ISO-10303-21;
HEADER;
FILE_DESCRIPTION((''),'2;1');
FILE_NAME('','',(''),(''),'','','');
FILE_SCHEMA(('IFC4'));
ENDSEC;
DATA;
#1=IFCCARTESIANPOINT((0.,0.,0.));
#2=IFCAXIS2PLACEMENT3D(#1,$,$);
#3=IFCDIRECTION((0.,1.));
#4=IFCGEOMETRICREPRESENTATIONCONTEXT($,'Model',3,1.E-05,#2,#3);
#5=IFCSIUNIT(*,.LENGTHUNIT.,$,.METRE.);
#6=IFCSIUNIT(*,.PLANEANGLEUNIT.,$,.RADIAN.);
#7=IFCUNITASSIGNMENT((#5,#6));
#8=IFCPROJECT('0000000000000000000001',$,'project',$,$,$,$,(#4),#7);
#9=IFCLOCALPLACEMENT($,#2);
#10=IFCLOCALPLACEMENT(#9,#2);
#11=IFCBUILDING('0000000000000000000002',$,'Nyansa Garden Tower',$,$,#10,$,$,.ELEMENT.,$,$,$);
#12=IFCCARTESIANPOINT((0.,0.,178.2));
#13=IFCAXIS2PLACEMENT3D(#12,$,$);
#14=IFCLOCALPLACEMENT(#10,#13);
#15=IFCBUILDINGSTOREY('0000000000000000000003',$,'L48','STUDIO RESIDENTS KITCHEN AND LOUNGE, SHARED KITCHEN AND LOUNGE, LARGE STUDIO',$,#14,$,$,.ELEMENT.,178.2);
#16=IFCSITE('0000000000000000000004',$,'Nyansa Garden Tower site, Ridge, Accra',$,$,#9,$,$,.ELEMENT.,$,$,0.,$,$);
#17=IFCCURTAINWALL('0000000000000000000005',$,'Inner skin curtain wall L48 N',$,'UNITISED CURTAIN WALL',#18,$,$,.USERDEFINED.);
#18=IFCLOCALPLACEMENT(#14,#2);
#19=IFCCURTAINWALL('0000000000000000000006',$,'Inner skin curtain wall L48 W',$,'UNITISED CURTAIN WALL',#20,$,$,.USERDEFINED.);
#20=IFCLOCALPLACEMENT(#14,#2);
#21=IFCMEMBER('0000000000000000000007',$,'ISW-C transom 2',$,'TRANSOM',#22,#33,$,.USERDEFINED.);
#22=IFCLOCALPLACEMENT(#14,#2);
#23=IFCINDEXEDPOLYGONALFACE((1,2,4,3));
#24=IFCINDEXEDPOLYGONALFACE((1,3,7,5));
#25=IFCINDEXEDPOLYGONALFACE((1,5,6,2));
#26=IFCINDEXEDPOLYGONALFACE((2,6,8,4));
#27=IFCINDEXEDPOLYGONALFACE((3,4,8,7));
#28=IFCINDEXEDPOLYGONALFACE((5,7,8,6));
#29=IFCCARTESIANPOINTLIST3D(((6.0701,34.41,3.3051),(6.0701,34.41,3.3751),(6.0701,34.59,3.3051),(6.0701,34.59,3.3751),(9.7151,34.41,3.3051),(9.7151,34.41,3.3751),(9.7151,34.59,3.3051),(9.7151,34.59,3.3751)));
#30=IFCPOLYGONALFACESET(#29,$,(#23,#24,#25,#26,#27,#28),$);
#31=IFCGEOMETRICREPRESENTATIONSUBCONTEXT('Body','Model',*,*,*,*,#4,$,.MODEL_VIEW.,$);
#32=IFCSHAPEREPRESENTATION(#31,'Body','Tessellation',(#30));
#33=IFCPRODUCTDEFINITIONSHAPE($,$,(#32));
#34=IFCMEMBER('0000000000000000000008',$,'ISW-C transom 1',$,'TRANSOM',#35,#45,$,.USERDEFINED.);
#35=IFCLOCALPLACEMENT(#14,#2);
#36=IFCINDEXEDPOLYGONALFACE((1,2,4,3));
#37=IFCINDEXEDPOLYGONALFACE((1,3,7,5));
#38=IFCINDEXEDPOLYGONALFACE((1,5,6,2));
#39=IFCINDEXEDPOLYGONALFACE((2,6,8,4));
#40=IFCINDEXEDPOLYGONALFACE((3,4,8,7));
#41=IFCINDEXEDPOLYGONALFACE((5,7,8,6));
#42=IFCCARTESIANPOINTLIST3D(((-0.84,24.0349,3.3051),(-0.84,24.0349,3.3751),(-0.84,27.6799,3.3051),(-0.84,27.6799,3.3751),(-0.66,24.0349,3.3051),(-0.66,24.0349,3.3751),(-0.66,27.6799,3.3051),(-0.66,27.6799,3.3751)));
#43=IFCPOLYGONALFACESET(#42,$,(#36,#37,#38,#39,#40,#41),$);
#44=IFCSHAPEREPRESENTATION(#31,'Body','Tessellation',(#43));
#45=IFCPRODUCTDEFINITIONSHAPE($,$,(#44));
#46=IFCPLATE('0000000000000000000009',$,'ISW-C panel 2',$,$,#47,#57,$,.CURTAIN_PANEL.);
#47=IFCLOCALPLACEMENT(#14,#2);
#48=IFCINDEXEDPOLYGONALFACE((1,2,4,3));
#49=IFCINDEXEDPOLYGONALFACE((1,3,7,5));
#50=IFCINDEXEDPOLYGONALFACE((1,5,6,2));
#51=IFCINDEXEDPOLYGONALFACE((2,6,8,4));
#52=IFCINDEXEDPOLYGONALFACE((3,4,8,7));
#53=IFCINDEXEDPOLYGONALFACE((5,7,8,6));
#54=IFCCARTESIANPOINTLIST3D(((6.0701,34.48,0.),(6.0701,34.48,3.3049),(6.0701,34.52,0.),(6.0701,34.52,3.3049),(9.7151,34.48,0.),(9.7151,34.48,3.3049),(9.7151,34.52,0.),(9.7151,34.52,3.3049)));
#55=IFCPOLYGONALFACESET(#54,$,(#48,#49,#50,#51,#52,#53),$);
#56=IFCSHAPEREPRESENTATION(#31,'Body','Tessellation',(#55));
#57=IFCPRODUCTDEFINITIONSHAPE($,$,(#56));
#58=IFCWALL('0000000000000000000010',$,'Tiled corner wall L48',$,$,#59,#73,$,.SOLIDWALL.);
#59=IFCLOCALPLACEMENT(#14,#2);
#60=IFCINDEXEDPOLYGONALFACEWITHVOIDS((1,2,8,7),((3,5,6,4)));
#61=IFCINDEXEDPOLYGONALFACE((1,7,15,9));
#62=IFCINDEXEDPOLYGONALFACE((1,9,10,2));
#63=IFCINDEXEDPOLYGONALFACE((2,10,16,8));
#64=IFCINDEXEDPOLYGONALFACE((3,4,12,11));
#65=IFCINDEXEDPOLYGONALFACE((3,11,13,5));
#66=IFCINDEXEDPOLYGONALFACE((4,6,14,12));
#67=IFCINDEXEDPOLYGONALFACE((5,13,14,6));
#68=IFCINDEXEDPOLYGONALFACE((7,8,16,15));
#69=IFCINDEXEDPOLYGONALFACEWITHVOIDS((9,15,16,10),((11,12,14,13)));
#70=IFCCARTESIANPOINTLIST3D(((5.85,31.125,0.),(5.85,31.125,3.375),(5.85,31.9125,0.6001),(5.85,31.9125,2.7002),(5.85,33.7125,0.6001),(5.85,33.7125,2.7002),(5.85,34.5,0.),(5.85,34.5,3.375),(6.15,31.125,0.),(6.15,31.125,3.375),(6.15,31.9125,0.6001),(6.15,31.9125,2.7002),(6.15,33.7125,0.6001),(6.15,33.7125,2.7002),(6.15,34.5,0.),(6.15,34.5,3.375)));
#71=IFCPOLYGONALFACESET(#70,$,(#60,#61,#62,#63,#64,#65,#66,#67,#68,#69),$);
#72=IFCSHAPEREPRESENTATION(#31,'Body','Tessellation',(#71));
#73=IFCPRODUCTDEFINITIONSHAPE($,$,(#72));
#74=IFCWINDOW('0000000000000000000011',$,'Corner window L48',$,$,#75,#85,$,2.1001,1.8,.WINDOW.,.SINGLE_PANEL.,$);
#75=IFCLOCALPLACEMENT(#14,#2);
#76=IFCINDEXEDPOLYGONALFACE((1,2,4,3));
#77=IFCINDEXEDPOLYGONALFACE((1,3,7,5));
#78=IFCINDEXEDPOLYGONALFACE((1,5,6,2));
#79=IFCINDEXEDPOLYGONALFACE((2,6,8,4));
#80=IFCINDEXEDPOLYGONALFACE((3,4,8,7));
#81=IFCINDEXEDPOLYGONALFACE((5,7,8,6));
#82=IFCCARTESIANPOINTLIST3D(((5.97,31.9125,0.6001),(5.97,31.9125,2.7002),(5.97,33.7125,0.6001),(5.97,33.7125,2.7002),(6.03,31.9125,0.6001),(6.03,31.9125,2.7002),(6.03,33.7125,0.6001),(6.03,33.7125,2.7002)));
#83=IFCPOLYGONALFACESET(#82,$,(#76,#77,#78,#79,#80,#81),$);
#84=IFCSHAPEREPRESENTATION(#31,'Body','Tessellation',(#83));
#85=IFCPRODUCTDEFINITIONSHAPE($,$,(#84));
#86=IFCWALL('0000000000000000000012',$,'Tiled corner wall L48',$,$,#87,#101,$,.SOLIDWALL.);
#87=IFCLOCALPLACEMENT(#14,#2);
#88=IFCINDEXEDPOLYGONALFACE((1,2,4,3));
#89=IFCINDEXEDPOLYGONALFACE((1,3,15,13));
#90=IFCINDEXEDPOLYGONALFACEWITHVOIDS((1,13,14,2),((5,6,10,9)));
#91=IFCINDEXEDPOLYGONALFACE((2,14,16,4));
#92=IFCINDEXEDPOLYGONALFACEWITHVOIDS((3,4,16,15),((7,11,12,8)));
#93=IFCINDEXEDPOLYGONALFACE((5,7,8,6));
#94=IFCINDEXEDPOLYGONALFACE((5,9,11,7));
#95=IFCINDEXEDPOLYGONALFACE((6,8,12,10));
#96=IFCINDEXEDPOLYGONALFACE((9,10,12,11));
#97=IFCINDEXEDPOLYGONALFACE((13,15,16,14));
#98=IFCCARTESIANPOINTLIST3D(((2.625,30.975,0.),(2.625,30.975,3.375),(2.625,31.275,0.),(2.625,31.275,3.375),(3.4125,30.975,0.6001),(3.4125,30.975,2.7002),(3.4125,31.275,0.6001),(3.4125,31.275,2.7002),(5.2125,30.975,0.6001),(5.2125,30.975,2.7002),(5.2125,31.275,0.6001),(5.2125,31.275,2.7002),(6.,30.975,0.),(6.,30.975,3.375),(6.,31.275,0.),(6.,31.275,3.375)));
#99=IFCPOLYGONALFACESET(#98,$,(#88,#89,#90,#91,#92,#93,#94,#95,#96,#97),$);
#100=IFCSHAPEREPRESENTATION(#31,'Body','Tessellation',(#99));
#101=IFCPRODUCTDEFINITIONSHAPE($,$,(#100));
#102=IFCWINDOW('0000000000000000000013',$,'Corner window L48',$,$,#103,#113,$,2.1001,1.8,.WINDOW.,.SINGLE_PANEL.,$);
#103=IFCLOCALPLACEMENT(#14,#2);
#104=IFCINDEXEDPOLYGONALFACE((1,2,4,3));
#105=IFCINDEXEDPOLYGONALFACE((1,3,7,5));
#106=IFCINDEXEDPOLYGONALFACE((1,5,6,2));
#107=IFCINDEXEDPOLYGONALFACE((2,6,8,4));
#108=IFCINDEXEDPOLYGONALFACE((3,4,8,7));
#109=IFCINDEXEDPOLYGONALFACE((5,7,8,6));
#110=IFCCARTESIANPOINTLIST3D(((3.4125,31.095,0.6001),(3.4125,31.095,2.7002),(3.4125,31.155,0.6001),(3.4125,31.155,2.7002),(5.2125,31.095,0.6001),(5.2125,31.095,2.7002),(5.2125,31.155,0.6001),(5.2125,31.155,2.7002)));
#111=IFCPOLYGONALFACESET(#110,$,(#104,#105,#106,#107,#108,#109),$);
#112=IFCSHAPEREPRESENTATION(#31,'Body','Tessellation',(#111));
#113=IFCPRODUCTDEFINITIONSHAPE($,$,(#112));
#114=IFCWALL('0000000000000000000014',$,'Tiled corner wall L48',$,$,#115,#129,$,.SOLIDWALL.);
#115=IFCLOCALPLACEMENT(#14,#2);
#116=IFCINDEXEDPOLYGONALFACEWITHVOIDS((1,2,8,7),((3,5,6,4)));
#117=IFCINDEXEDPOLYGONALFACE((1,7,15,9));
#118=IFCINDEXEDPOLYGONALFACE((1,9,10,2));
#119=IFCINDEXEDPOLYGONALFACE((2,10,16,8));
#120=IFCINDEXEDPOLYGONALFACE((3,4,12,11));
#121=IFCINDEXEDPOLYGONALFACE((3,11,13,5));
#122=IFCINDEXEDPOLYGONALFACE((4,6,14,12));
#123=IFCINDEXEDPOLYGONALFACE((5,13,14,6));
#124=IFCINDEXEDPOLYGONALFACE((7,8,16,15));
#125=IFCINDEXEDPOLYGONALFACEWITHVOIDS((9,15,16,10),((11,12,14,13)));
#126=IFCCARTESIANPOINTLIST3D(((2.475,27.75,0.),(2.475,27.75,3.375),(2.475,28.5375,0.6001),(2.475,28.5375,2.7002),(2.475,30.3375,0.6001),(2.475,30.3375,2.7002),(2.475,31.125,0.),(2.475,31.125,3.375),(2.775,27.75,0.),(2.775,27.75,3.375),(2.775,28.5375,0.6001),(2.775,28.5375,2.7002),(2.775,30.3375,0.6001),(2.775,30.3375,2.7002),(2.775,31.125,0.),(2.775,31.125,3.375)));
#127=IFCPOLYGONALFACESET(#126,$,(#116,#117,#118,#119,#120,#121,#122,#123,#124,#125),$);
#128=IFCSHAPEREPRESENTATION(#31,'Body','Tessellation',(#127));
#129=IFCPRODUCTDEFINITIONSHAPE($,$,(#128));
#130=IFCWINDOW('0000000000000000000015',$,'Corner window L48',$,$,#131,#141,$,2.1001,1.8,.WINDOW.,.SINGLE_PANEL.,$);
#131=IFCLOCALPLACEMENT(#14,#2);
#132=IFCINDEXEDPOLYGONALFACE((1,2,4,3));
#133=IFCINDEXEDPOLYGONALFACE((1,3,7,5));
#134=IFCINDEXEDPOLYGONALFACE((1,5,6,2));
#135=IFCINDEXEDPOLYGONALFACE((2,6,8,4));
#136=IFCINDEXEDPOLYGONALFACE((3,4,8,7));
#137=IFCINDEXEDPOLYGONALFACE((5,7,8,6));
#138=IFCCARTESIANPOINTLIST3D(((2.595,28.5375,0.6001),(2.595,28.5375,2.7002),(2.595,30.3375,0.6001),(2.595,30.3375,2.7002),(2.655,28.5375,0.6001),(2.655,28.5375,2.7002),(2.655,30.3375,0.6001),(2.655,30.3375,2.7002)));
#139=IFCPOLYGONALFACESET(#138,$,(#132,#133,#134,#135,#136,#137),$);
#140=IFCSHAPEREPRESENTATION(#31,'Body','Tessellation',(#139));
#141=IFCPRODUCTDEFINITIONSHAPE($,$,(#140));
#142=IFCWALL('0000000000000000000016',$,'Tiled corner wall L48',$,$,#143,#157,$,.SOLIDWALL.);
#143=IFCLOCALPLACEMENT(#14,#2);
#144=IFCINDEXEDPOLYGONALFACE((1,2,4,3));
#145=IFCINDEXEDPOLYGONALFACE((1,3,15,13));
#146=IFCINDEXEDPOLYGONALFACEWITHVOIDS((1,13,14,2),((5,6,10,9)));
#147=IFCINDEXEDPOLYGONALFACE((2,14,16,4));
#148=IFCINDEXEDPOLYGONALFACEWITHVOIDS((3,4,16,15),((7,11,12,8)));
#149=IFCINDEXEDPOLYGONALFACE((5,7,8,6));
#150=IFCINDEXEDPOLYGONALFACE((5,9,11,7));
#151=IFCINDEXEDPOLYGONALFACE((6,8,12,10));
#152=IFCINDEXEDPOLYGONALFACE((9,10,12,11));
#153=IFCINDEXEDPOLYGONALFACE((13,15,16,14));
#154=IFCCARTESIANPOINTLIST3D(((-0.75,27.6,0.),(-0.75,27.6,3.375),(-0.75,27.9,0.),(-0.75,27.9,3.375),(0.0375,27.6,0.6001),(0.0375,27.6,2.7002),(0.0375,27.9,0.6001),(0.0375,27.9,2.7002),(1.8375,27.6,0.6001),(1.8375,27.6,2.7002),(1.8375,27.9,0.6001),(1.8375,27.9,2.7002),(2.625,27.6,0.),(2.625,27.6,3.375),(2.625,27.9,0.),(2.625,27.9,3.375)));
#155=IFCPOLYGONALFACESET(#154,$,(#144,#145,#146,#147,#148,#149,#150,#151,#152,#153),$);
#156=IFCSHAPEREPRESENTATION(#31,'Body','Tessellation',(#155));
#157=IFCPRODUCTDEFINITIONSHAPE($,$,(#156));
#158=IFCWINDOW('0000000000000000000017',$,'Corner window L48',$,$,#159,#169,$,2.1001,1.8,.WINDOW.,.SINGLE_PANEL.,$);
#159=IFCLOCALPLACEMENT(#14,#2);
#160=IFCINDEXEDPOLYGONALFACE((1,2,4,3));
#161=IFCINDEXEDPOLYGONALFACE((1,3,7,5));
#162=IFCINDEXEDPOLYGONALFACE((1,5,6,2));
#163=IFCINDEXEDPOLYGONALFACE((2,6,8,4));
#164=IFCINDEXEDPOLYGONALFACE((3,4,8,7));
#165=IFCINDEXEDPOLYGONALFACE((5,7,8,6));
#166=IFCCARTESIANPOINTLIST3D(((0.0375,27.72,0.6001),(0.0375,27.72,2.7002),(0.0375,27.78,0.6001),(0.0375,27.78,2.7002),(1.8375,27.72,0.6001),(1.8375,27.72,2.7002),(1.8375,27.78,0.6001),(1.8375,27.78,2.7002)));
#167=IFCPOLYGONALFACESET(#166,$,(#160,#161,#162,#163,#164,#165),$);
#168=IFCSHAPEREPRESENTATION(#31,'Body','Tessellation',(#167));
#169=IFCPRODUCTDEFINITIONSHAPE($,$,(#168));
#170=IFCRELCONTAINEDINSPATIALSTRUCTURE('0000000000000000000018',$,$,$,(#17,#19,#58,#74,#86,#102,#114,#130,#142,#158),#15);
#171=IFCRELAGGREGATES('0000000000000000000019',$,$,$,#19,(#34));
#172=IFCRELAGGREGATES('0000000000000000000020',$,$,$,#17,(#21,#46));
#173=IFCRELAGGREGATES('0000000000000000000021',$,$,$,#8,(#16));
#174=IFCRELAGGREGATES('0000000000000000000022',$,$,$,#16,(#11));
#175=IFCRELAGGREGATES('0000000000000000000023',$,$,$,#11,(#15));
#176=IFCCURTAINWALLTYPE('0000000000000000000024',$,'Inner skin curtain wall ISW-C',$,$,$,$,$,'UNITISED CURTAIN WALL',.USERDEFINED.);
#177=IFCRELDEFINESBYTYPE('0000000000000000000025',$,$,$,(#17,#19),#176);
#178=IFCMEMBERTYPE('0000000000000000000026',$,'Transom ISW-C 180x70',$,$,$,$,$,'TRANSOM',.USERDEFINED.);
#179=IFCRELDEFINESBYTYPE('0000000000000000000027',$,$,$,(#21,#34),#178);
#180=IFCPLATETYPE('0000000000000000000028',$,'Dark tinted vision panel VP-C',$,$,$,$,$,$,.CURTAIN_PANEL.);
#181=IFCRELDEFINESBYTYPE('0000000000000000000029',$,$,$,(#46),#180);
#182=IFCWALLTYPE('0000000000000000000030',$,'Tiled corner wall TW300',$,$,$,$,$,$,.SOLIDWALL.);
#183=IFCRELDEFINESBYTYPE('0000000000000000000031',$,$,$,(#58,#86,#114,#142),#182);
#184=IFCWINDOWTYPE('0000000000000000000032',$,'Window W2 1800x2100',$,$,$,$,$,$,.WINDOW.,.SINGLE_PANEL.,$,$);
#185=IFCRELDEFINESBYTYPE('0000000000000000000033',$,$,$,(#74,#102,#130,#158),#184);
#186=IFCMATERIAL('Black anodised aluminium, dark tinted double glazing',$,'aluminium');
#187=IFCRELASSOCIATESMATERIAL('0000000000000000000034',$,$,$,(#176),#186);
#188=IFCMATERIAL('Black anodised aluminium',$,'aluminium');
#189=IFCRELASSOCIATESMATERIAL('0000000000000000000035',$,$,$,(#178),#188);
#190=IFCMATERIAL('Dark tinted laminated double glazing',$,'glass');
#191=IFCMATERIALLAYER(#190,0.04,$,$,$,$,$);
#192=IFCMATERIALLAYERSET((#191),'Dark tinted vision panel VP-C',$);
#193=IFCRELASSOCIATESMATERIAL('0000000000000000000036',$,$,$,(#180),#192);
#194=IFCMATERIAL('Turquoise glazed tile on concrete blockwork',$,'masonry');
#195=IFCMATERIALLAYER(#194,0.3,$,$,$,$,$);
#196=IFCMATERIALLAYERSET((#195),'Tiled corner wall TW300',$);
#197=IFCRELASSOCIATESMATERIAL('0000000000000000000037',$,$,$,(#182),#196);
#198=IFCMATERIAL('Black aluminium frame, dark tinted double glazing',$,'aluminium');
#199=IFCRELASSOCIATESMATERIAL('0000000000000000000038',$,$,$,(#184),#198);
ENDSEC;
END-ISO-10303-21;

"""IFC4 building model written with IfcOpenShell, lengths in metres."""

from ifc_helpers import new_model, si_unit, direction, frame, frame_2d, origin, origin_2d, place, context, subcontext, project, spatial, rectangle, extrude, material, layer, layer_set, material_profile, profile_set, type_object, element, fill, aggregate, save


model = new_model("IFC4")

# Units and contexts
model_context = context("Model", 3, precision=1e-05, world=origin(), true_north=direction((0.0, 1.0)))
body_context = subcontext(model_context, "Body", "Model", "MODEL_VIEW")
ifc_project = project(units=[si_unit("LENGTHUNIT", "METRE"), si_unit("PLANEANGLEUNIT", "RADIAN")], contexts=[model_context])

# Site, building, storey
site_placement = place(None, origin())
site = spatial("IfcSite", under=ifc_project, at=site_placement, Name="Nyansa Garden Tower site, Ridge, Accra", CompositionType="ELEMENT", RefElevation=0.0)
building_placement = place(site_placement, origin())
building = spatial("IfcBuilding", under=site, at=building_placement, Name="Nyansa Garden Tower", CompositionType="ELEMENT")
storey_placement = place(building_placement, frame((0.0, 0.0, 178.2)))
storey = spatial("IfcBuildingStorey", under=building, at=storey_placement, Name="L48", Description="STUDIO RESIDENTS KITCHEN AND LOUNGE, SHARED KITCHEN AND LOUNGE, LARGE STUDIO", CompositionType="ELEMENT", Elevation=178.2)

# Curtain walls
ifc_material_1 = material(Name="Black anodised aluminium, dark tinted double glazing", Category="aluminium")
curtain_wall_type = type_object("IfcCurtainWallType", Name="Inner skin curtain wall ISW-C", ElementType="UNITISED CURTAIN WALL", PredefinedType="USERDEFINED", material=ifc_material_1)
curtain_wall_1_placement = place(storey_placement, origin())
curtain_wall_1 = element("IfcCurtainWall", 1, at=curtain_wall_1_placement, inside=storey, type_object=curtain_wall_type, Name="Inner skin curtain wall L48 N", ObjectType="UNITISED CURTAIN WALL", PredefinedType="USERDEFINED")
curtain_wall_2_placement = place(storey_placement, origin())
curtain_wall_2 = element("IfcCurtainWall", 2, at=curtain_wall_2_placement, inside=storey, type_object=curtain_wall_type, Name="Inner skin curtain wall L48 W", ObjectType="UNITISED CURTAIN WALL", PredefinedType="USERDEFINED")

# Members
ifc_material_2 = material(Name="Black anodised aluminium", Category="aluminium")
ifc_material_profile_1 = material_profile(ifc_material_2, rectangle(XDim=0.1799, YDim=0.0701, at=origin_2d()), Name="Transom 180x70")
ifc_profile_set_1 = profile_set([ifc_material_profile_1], Name="Black anodised aluminium")
member_type_1 = type_object("IfcMemberType", Name="Transom ISW-C 180x70", ElementType="TRANSOM", PredefinedType="USERDEFINED", material=ifc_profile_set_1)
member_1_placement = place(storey_placement, frame((9.7151, 34.5, 3.3401), z_axis=(-1.0, 0.0, 0.0), x_axis=(0.0, -1.0, 0.0)))
member_1 = element("IfcMember", 3, at=member_1_placement, type_object=member_type_1, Name="ISW-C transom 2", ObjectType="TRANSOM", PredefinedType="USERDEFINED", context=body_context, shape_type="SweptSolid", body=[
    extrude(rectangle(XDim=0.1799, YDim=0.0701, at=origin_2d()), origin(), (0.0, 0.0, 1.0), 3.645),
])
member_2_placement = place(storey_placement, frame((-0.75, 27.6799, 3.3401), z_axis=(0.0, -1.0, 0.0), x_axis=(1.0, 0.0, 0.0)))
member_2 = element("IfcMember", 4, at=member_2_placement, type_object=member_type_1, Name="ISW-C transom 1", ObjectType="TRANSOM", PredefinedType="USERDEFINED", context=body_context, shape_type="SweptSolid", body=[
    extrude(rectangle(XDim=0.1799, YDim=0.0701, at=origin_2d()), origin(), (0.0, 0.0, 1.0), 3.645),
])
aggregate(curtain_wall_2, [member_2])

# Plate
ifc_material_3 = material(Name="Dark tinted laminated double glazing", Category="glass")
ifc_layer_1 = layer(ifc_material_3, 0.04)
ifc_layer_set_1 = layer_set([ifc_layer_1], Name="Dark tinted vision panel VP-C")
plate_type = type_object("IfcPlateType", Name="Dark tinted vision panel VP-C", PredefinedType="CURTAIN_PANEL", material=ifc_layer_set_1)
plate_placement = place(storey_placement, frame((7.8926, 34.5, 0.0), z_axis=(0.0, 0.0, 1.0), x_axis=(-1.0, 0.0, 0.0)))
plate = element("IfcPlate", 5, at=plate_placement, type_object=plate_type, Name="ISW-C panel 2", PredefinedType="CURTAIN_PANEL", context=body_context, shape_type="SweptSolid", body=[
    extrude(rectangle(XDim=3.645, YDim=0.04, at=origin_2d()), origin(), (0.0, 0.0, 1.0), 3.3049),
])
aggregate(curtain_wall_1, [member_1, plate])

# Walls, openings, windows
ifc_material_4 = material(Name="Turquoise glazed tile on concrete blockwork", Category="masonry")
ifc_layer_2 = layer(ifc_material_4, 0.3)
ifc_layer_set_2 = layer_set([ifc_layer_2], Name="Tiled corner wall TW300")
wall_type = type_object("IfcWallType", Name="Tiled corner wall TW300", PredefinedType="SOLIDWALL", material=ifc_layer_set_2)
wall_1_placement = place(storey_placement, frame((6.0, 34.5, 0.0), z_axis=(0.0, 0.0, 1.0), x_axis=(0.0, -1.0, 0.0)))
wall_1 = element("IfcWall", 6, at=wall_1_placement, inside=storey, type_object=wall_type, Name="Tiled corner wall L48", PredefinedType="SOLIDWALL", context=body_context, shape_type="SweptSolid", body=[
    extrude(rectangle(XDim=3.375, YDim=0.3, at=frame_2d((1.6875, 0.0))), origin(), (0.0, 0.0, 1.0), 3.375),
])
opening_1_placement = place(wall_1_placement, frame((0.7876, 0.0, 0.6001)))
opening_1 = element("IfcOpeningElement", 7, at=opening_1_placement, cuts=wall_1, PredefinedType="OPENING", context=body_context, shape_type="SweptSolid", body=[
    extrude(rectangle(XDim=1.8, YDim=2.1001, at=frame_2d((0.8999, 1.05))), frame((0.0, 0.1599, 0.0), z_axis=(0.0, -1.0, 0.0), x_axis=(1.0, 0.0, 0.0)), (0.0, 0.0, 1.0), 0.3201),
])
ifc_material_5 = material(Name="Black aluminium frame, dark tinted double glazing", Category="aluminium")
window_type = type_object("IfcWindowType", Name="Window W2 1800x2100", PartitioningType="SINGLE_PANEL", PredefinedType="WINDOW", material=ifc_material_5)
window_1_placement = place(opening_1_placement, origin())
window_1 = element("IfcWindow", 8, at=window_1_placement, inside=storey, type_object=window_type, Name="Corner window L48", OverallHeight=2.1001, OverallWidth=1.8, PartitioningType="SINGLE_PANEL", PredefinedType="WINDOW", context=body_context, shape_type="SweptSolid", body=[
    extrude(rectangle(XDim=1.8, YDim=2.1001, at=frame_2d((0.8999, 1.05))), frame((0.0, 0.03, 0.0), z_axis=(0.0, -1.0, 0.0), x_axis=(1.0, 0.0, 0.0)), (0.0, 0.0, 1.0), 0.0601),
])
fill(opening_1, window_1)
wall_2_placement = place(storey_placement, frame((6.0, 31.125, 0.0), z_axis=(0.0, 0.0, 1.0), x_axis=(-1.0, 0.0, 0.0)))
wall_2 = element("IfcWall", 9, at=wall_2_placement, inside=storey, type_object=wall_type, Name="Tiled corner wall L48", PredefinedType="SOLIDWALL", context=body_context, shape_type="SweptSolid", body=[
    extrude(rectangle(XDim=3.375, YDim=0.3, at=frame_2d((1.6875, 0.0))), origin(), (0.0, 0.0, 1.0), 3.375),
])
opening_2_placement = place(wall_2_placement, frame((0.7876, 0.0, 0.6001)))
opening_2 = element("IfcOpeningElement", 10, at=opening_2_placement, cuts=wall_2, PredefinedType="OPENING", context=body_context, shape_type="SweptSolid", body=[
    extrude(rectangle(XDim=1.8, YDim=2.1001, at=frame_2d((0.8999, 1.05))), frame((0.0, 0.1599, 0.0), z_axis=(0.0, -1.0, 0.0), x_axis=(1.0, 0.0, 0.0)), (0.0, 0.0, 1.0), 0.3201),
])
window_2_placement = place(opening_2_placement, origin())
window_2 = element("IfcWindow", 11, at=window_2_placement, inside=storey, type_object=window_type, Name="Corner window L48", OverallHeight=2.1001, OverallWidth=1.8, PartitioningType="SINGLE_PANEL", PredefinedType="WINDOW", context=body_context, shape_type="SweptSolid", body=[
    extrude(rectangle(XDim=1.8, YDim=2.1001, at=frame_2d((0.8999, 1.05))), frame((0.0, 0.03, 0.0), z_axis=(0.0, -1.0, 0.0), x_axis=(1.0, 0.0, 0.0)), (0.0, 0.0, 1.0), 0.0601),
])
fill(opening_2, window_2)
wall_3_placement = place(storey_placement, frame((2.625, 31.125, 0.0), z_axis=(0.0, 0.0, 1.0), x_axis=(0.0, -1.0, 0.0)))
wall_3 = element("IfcWall", 12, at=wall_3_placement, inside=storey, type_object=wall_type, Name="Tiled corner wall L48", PredefinedType="SOLIDWALL", context=body_context, shape_type="SweptSolid", body=[
    extrude(rectangle(XDim=3.375, YDim=0.3, at=frame_2d((1.6875, 0.0))), origin(), (0.0, 0.0, 1.0), 3.375),
])
opening_3_placement = place(wall_3_placement, frame((0.7876, 0.0, 0.6001)))
opening_3 = element("IfcOpeningElement", 13, at=opening_3_placement, cuts=wall_3, PredefinedType="OPENING", context=body_context, shape_type="SweptSolid", body=[
    extrude(rectangle(XDim=1.8, YDim=2.1001, at=frame_2d((0.8999, 1.05))), frame((0.0, 0.1599, 0.0), z_axis=(0.0, -1.0, 0.0), x_axis=(1.0, 0.0, 0.0)), (0.0, 0.0, 1.0), 0.3201),
])
window_3_placement = place(opening_3_placement, origin())
window_3 = element("IfcWindow", 14, at=window_3_placement, inside=storey, type_object=window_type, Name="Corner window L48", OverallHeight=2.1001, OverallWidth=1.8, PartitioningType="SINGLE_PANEL", PredefinedType="WINDOW", context=body_context, shape_type="SweptSolid", body=[
    extrude(rectangle(XDim=1.8, YDim=2.1001, at=frame_2d((0.8999, 1.05))), frame((0.0, 0.03, 0.0), z_axis=(0.0, -1.0, 0.0), x_axis=(1.0, 0.0, 0.0)), (0.0, 0.0, 1.0), 0.0601),
])
fill(opening_3, window_3)
wall_4_placement = place(storey_placement, frame((2.625, 27.75, 0.0), z_axis=(0.0, 0.0, 1.0), x_axis=(-1.0, 0.0, 0.0)))
wall_4 = element("IfcWall", 15, at=wall_4_placement, inside=storey, type_object=wall_type, Name="Tiled corner wall L48", PredefinedType="SOLIDWALL", context=body_context, shape_type="SweptSolid", body=[
    extrude(rectangle(XDim=3.375, YDim=0.3, at=frame_2d((1.6875, 0.0))), origin(), (0.0, 0.0, 1.0), 3.375),
])
opening_4_placement = place(wall_4_placement, frame((0.7876, 0.0, 0.6001)))
opening_4 = element("IfcOpeningElement", 16, at=opening_4_placement, cuts=wall_4, PredefinedType="OPENING", context=body_context, shape_type="SweptSolid", body=[
    extrude(rectangle(XDim=1.8, YDim=2.1001, at=frame_2d((0.8999, 1.05))), frame((0.0, 0.1599, 0.0), z_axis=(0.0, -1.0, 0.0), x_axis=(1.0, 0.0, 0.0)), (0.0, 0.0, 1.0), 0.3201),
])
window_4_placement = place(opening_4_placement, origin())
window_4 = element("IfcWindow", 17, at=window_4_placement, inside=storey, type_object=window_type, Name="Corner window L48", OverallHeight=2.1001, OverallWidth=1.8, PartitioningType="SINGLE_PANEL", PredefinedType="WINDOW", context=body_context, shape_type="SweptSolid", body=[
    extrude(rectangle(XDim=1.8, YDim=2.1001, at=frame_2d((0.8999, 1.05))), frame((0.0, 0.03, 0.0), z_axis=(0.0, -1.0, 0.0), x_axis=(1.0, 0.0, 0.0)), (0.0, 0.0, 1.0), 0.0601),
])
fill(opening_4, window_4)

save(model, "model.ifc")
